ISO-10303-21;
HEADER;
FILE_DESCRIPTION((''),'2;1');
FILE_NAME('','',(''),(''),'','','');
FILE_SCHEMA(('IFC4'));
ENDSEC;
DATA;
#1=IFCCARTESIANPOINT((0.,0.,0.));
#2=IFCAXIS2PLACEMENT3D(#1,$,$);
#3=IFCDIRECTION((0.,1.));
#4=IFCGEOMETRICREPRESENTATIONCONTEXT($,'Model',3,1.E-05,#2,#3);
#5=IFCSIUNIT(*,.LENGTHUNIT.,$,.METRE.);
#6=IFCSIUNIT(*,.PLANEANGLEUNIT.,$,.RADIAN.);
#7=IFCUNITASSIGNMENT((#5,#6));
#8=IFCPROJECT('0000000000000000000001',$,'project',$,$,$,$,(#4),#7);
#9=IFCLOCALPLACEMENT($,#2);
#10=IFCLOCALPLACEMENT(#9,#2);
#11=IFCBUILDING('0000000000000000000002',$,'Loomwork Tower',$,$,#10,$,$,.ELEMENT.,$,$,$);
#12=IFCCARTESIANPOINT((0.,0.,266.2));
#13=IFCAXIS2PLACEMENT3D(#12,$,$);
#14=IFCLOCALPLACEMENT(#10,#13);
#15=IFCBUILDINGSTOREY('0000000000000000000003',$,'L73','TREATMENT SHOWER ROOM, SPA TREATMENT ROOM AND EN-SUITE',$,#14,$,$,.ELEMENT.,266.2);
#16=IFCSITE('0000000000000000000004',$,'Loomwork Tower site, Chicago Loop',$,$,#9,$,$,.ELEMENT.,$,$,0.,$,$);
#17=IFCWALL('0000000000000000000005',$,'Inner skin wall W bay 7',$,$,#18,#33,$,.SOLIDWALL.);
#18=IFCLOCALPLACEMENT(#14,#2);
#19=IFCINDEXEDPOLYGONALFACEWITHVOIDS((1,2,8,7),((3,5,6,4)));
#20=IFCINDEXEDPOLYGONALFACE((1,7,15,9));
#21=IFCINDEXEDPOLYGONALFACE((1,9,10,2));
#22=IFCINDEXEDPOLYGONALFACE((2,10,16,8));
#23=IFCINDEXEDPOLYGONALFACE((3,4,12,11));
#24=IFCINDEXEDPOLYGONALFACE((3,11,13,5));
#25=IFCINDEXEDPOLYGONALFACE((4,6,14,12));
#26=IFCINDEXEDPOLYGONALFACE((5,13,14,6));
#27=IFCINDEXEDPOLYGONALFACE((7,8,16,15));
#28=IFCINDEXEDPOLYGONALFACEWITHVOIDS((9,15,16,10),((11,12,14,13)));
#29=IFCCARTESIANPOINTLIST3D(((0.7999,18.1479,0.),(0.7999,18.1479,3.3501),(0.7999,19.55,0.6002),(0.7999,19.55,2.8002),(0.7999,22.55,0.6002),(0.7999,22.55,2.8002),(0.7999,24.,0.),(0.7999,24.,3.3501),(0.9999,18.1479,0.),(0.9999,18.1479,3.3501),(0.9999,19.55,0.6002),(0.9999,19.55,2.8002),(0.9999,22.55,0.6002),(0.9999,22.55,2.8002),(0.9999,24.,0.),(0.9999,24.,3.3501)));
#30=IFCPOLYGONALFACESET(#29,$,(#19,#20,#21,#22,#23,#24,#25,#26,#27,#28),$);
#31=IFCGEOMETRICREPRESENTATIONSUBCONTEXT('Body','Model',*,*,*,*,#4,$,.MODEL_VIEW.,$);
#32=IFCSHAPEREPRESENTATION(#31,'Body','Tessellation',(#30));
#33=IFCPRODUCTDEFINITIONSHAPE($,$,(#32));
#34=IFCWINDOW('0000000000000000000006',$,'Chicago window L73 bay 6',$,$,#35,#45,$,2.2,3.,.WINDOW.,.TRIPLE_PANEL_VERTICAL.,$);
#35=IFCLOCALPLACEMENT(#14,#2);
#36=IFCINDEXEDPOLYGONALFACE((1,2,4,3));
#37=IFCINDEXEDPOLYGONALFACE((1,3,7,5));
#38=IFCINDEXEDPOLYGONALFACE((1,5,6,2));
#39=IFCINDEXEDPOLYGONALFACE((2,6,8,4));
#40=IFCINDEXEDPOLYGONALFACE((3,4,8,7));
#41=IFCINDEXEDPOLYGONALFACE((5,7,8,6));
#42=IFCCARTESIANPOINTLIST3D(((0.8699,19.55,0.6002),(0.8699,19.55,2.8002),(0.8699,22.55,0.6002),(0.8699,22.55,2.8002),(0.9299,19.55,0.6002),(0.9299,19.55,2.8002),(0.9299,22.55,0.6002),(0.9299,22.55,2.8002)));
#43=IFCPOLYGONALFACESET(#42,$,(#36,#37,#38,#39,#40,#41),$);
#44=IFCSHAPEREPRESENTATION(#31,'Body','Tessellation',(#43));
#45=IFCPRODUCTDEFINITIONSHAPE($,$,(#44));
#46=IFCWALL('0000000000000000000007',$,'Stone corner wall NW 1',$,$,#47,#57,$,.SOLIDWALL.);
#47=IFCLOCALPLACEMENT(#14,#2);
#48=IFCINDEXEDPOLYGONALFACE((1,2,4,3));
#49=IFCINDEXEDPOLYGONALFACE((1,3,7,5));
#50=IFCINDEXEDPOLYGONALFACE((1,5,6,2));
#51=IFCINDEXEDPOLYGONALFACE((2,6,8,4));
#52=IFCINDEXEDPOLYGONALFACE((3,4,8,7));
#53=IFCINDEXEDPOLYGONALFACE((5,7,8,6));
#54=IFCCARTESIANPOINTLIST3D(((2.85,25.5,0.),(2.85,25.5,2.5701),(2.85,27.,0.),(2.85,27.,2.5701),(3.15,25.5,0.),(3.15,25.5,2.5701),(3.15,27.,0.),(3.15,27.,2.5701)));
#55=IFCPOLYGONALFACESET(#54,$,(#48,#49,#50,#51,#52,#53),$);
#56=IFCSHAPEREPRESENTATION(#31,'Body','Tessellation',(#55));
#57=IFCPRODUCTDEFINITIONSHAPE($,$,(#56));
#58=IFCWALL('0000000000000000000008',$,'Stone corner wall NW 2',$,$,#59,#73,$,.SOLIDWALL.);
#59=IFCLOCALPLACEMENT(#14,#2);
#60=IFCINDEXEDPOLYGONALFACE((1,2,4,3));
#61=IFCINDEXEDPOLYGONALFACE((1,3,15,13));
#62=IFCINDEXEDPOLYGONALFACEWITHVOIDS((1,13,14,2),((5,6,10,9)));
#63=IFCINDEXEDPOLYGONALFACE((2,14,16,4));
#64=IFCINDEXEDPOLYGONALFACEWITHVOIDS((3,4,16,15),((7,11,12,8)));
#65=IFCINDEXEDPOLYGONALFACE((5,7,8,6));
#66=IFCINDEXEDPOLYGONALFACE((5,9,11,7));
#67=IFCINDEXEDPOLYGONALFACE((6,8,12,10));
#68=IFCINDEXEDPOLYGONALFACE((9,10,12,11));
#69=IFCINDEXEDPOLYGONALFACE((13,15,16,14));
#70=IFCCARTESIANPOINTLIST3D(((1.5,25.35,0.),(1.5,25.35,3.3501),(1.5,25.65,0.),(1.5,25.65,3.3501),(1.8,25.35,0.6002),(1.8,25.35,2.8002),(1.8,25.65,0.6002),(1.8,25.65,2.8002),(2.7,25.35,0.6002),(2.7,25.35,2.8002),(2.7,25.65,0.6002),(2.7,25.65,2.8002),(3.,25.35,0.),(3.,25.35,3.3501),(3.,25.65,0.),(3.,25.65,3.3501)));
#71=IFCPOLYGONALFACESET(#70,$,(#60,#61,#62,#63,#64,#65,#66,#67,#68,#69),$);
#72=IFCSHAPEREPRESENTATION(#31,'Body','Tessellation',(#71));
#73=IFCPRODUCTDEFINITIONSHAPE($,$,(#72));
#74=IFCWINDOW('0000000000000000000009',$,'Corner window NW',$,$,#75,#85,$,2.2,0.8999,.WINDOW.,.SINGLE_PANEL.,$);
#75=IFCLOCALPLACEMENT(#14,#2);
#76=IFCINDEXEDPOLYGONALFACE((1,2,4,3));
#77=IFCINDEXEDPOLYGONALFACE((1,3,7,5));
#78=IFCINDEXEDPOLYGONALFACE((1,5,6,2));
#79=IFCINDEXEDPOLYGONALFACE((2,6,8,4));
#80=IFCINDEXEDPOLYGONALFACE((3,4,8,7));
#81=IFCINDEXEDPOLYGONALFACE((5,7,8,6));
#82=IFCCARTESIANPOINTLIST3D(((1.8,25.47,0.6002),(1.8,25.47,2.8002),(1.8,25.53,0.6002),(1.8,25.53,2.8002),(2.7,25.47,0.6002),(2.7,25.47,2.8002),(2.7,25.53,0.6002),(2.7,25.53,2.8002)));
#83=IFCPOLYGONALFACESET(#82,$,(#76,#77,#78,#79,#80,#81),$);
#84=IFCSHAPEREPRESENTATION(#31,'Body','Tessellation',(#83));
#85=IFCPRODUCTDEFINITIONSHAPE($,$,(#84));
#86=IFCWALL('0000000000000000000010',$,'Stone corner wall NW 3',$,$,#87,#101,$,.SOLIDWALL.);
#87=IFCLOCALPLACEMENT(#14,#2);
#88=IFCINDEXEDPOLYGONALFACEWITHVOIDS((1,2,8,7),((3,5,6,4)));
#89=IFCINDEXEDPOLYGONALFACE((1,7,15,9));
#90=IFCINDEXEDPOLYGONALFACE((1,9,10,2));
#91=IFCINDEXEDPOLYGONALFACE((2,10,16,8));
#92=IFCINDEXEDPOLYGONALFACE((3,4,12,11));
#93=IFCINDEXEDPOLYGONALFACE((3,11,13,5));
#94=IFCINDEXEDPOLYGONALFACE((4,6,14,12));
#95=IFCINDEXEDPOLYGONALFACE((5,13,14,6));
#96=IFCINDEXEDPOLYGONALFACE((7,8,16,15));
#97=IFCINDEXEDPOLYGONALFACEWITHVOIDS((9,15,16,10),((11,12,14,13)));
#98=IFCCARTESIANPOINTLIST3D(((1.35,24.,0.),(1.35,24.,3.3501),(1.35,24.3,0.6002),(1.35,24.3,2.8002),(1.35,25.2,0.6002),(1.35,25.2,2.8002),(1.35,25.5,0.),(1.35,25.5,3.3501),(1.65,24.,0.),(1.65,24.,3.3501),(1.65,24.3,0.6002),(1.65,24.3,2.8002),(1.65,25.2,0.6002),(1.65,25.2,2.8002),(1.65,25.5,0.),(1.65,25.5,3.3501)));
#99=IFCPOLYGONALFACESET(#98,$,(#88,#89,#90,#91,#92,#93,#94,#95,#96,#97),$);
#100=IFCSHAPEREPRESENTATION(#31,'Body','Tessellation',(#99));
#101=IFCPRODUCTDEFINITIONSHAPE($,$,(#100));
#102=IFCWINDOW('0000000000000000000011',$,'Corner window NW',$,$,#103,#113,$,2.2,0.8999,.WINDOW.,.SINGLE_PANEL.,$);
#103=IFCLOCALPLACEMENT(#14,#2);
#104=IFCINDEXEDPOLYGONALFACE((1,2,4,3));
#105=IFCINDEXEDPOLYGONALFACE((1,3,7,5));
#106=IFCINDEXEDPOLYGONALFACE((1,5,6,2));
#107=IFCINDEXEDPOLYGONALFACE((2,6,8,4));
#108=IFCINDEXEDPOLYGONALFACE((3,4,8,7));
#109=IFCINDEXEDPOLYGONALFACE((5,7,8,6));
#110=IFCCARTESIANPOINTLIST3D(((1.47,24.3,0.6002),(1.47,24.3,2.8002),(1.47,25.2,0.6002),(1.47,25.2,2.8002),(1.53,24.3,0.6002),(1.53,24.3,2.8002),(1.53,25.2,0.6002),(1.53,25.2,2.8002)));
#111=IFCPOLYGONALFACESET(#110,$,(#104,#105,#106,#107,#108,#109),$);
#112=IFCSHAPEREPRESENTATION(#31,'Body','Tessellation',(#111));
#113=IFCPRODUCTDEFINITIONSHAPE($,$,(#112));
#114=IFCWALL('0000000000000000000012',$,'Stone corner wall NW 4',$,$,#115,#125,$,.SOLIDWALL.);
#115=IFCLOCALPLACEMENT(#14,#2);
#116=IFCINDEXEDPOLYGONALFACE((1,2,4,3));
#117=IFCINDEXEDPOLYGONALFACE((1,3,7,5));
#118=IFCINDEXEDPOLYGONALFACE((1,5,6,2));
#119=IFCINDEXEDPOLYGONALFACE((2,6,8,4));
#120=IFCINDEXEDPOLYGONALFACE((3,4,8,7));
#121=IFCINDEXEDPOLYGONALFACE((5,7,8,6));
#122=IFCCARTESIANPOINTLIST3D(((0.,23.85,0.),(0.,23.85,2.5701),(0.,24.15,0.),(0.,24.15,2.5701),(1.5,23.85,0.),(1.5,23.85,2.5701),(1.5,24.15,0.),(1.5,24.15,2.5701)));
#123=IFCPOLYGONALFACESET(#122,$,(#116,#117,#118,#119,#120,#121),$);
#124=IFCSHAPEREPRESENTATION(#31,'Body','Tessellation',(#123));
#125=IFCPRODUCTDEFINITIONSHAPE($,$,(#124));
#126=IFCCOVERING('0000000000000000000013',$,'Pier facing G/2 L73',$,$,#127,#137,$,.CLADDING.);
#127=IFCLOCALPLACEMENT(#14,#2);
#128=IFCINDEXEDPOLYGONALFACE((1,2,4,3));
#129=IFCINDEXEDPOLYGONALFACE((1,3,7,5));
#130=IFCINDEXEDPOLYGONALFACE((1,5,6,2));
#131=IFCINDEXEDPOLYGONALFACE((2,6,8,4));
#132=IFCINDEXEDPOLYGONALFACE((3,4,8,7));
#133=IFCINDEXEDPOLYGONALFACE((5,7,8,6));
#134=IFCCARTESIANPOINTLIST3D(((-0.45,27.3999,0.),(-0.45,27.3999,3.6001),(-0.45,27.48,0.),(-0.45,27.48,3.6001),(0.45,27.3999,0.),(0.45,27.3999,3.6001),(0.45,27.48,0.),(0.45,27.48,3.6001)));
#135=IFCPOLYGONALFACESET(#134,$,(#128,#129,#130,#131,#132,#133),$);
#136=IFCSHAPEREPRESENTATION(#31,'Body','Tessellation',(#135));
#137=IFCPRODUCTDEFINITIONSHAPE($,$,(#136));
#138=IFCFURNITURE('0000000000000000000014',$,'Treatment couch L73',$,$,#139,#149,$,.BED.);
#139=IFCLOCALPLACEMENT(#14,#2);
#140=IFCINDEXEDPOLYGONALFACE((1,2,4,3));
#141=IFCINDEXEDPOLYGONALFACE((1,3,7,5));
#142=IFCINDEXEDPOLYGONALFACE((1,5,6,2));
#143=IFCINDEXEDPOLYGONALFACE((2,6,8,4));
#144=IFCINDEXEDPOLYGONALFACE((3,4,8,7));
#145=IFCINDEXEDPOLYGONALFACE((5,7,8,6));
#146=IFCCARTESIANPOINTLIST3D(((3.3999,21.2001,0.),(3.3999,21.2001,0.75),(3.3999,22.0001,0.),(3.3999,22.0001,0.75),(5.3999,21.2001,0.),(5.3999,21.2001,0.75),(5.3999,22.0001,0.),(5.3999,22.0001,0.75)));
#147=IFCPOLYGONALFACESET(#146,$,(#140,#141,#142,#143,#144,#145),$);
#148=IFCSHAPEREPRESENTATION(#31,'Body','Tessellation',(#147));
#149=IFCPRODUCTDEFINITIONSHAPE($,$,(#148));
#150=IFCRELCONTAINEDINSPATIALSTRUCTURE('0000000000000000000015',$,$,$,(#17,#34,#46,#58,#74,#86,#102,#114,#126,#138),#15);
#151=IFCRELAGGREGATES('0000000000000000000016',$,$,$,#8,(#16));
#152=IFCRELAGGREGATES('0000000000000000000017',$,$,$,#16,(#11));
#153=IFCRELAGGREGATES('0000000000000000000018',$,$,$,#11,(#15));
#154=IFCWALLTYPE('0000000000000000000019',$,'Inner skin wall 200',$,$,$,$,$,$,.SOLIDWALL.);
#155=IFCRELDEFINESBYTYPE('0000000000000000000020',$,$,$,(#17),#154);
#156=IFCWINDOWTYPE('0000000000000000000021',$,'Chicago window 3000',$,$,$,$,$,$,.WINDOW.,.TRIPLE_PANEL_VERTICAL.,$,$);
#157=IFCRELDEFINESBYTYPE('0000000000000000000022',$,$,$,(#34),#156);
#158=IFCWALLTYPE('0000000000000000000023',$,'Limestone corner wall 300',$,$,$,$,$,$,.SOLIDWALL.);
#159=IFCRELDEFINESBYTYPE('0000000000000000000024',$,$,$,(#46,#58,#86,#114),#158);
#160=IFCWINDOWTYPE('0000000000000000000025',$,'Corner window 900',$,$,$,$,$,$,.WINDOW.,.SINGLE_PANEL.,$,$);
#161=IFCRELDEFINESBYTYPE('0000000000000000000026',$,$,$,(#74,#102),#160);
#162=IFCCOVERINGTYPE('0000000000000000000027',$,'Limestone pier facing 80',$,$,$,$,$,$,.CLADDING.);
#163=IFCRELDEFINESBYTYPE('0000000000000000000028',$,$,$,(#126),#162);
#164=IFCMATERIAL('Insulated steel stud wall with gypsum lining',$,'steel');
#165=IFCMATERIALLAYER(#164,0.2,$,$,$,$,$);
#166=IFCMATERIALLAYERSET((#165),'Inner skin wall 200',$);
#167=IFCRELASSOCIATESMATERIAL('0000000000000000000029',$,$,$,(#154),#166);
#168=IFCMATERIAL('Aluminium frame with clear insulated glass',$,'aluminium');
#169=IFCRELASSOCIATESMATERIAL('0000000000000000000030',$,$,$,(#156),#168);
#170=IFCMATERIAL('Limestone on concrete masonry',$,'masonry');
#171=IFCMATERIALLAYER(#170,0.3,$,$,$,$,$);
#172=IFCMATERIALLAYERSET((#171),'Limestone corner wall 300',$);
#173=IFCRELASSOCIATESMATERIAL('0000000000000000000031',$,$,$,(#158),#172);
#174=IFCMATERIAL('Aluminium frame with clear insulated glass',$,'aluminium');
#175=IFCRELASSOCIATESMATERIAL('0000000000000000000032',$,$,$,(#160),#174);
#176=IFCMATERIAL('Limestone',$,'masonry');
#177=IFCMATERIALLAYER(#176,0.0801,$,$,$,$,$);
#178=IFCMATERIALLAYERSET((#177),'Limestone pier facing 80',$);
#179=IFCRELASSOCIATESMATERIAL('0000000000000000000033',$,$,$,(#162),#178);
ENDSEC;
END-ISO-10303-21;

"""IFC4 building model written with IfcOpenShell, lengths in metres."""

from ifc_helpers import new_model, si_unit, direction, frame, frame_2d, origin, origin_2d, place, context, subcontext, project, spatial, rectangle, extrude, material, layer, layer_set, type_object, element, fill, save


model = new_model("IFC4")

# Units and contexts
model_context = context("Model", 3, precision=1e-05, world=origin(), true_north=direction((0.0, 1.0)))
body_context = subcontext(model_context, "Body", "Model", "MODEL_VIEW")
ifc_project = project(units=[si_unit("LENGTHUNIT", "METRE"), si_unit("PLANEANGLEUNIT", "RADIAN")], contexts=[model_context])

# Site, building, storey
site_placement = place(None, origin())
site = spatial("IfcSite", under=ifc_project, at=site_placement, Name="Loomwork Tower site, Chicago Loop", CompositionType="ELEMENT", RefElevation=0.0)
building_placement = place(site_placement, origin())
building = spatial("IfcBuilding", under=site, at=building_placement, Name="Loomwork Tower", CompositionType="ELEMENT")
storey_placement = place(building_placement, frame((0.0, 0.0, 266.2)))
storey = spatial("IfcBuildingStorey", under=building, at=storey_placement, Name="L73", Description="TREATMENT SHOWER ROOM, SPA TREATMENT ROOM AND EN-SUITE", CompositionType="ELEMENT", Elevation=266.2)

# Wall, opening, window
ifc_material_1 = material(Name="Insulated steel stud wall with gypsum lining", Category="steel")
ifc_layer_1 = layer(ifc_material_1, 0.2)
ifc_layer_set_1 = layer_set([ifc_layer_1], Name="Inner skin wall 200")
wall_type_1 = type_object("IfcWallType", Name="Inner skin wall 200", PredefinedType="SOLIDWALL", material=ifc_layer_set_1)
wall_1_placement = place(storey_placement, frame((0.8999, 18.1479, 0.0), z_axis=(0.0, 0.0, 1.0), x_axis=(0.0, 1.0, 0.0)))
wall_1 = element("IfcWall", 1, at=wall_1_placement, inside=storey, type_object=wall_type_1, Name="Inner skin wall W bay 7", PredefinedType="SOLIDWALL", context=body_context, shape_type="SweptSolid", body=[
    extrude(rectangle(XDim=5.8521, YDim=0.2, at=frame_2d((2.926, 0.0))), origin(), (0.0, 0.0, 1.0), 3.3501),
])
opening_1_placement = place(wall_1_placement, frame((1.4021, 0.0, 0.6001)))
opening_1 = element("IfcOpeningElement", 2, at=opening_1_placement, cuts=wall_1, PredefinedType="OPENING", context=body_context, shape_type="SweptSolid", body=[
    extrude(rectangle(XDim=3.0, YDim=2.2, at=frame_2d((1.5, 1.1001))), frame((0.0, 0.1099, 0.0), z_axis=(0.0, -1.0, 0.0), x_axis=(1.0, 0.0, 0.0)), (0.0, 0.0, 1.0), 0.22),
])
ifc_material_2 = material(Name="Aluminium frame with clear insulated glass", Category="aluminium")
window_type_1 = type_object("IfcWindowType", Name="Chicago window 3000", PartitioningType="TRIPLE_PANEL_VERTICAL", PredefinedType="WINDOW", material=ifc_material_2)
window_1_placement = place(opening_1_placement, origin())
window_1 = element("IfcWindow", 3, at=window_1_placement, inside=storey, type_object=window_type_1, Name="Chicago window L73 bay 6", OverallHeight=2.2, OverallWidth=3.0, PartitioningType="TRIPLE_PANEL_VERTICAL", PredefinedType="WINDOW", context=body_context, shape_type="SweptSolid", body=[
    extrude(rectangle(XDim=3.0, YDim=2.2, at=frame_2d((1.5, 1.1001))), frame((0.0, 0.03, 0.0), z_axis=(0.0, -1.0, 0.0), x_axis=(1.0, 0.0, 0.0)), (0.0, 0.0, 1.0), 0.0601),
])
fill(opening_1, window_1)

# Wall
ifc_material_3 = material(Name="Limestone on concrete masonry", Category="masonry")
ifc_layer_2 = layer(ifc_material_3, 0.3)
ifc_layer_set_2 = layer_set([ifc_layer_2], Name="Limestone corner wall 300")
wall_type_2 = type_object("IfcWallType", Name="Limestone corner wall 300", PredefinedType="SOLIDWALL", material=ifc_layer_set_2)
wall_2_placement = place(storey_placement, frame((3.0, 27.0, 0.0), z_axis=(0.0, 0.0, 1.0), x_axis=(0.0, -1.0, 0.0)))
element("IfcWall", 4, at=wall_2_placement, inside=storey, type_object=wall_type_2, Name="Stone corner wall NW 1", PredefinedType="SOLIDWALL", context=body_context, shape_type="SweptSolid", body=[
    extrude(rectangle(XDim=1.5, YDim=0.3, at=frame_2d((0.75, 0.0))), origin(), (0.0, 0.0, 1.0), 2.5701),
])

# Walls, openings, windows
wall_3_placement = place(storey_placement, frame((3.0, 25.5, 0.0), z_axis=(0.0, 0.0, 1.0), x_axis=(-1.0, 0.0, 0.0)))
wall_3 = element("IfcWall", 5, at=wall_3_placement, inside=storey, type_object=wall_type_2, Name="Stone corner wall NW 2", PredefinedType="SOLIDWALL", context=body_context, shape_type="SweptSolid", body=[
    extrude(rectangle(XDim=1.5, YDim=0.3, at=frame_2d((0.75, 0.0))), origin(), (0.0, 0.0, 1.0), 3.3501),
])
opening_2_placement = place(wall_3_placement, frame((0.3, 0.0, 0.6001)))
opening_2 = element("IfcOpeningElement", 6, at=opening_2_placement, cuts=wall_3, PredefinedType="OPENING", context=body_context, shape_type="SweptSolid", body=[
    extrude(rectangle(XDim=0.8999, YDim=2.2, at=frame_2d((0.45, 1.1001))), frame((0.0, 0.1599, 0.0), z_axis=(0.0, -1.0, 0.0), x_axis=(1.0, 0.0, 0.0)), (0.0, 0.0, 1.0), 0.3201),
])
ifc_material_4 = material(Name="Aluminium frame with clear insulated glass", Category="aluminium")
window_type_2 = type_object("IfcWindowType", Name="Corner window 900", PartitioningType="SINGLE_PANEL", PredefinedType="WINDOW", material=ifc_material_4)
window_2_placement = place(opening_2_placement, origin())
window_2 = element("IfcWindow", 7, at=window_2_placement, inside=storey, type_object=window_type_2, Name="Corner window NW", OverallHeight=2.2, OverallWidth=0.8999, PartitioningType="SINGLE_PANEL", PredefinedType="WINDOW", context=body_context, shape_type="SweptSolid", body=[
    extrude(rectangle(XDim=0.8999, YDim=2.2, at=frame_2d((0.45, 1.1001))), frame((0.0, 0.03, 0.0), z_axis=(0.0, -1.0, 0.0), x_axis=(1.0, 0.0, 0.0)), (0.0, 0.0, 1.0), 0.0601),
])
fill(opening_2, window_2)
wall_4_placement = place(storey_placement, frame((1.5, 25.5, 0.0), z_axis=(0.0, 0.0, 1.0), x_axis=(0.0, -1.0, 0.0)))
wall_4 = element("IfcWall", 8, at=wall_4_placement, inside=storey, type_object=wall_type_2, Name="Stone corner wall NW 3", PredefinedType="SOLIDWALL", context=body_context, shape_type="SweptSolid", body=[
    extrude(rectangle(XDim=1.5, YDim=0.3, at=frame_2d((0.75, 0.0))), origin(), (0.0, 0.0, 1.0), 3.3501),
])
opening_3_placement = place(wall_4_placement, frame((0.3, 0.0, 0.6001)))
opening_3 = element("IfcOpeningElement", 9, at=opening_3_placement, cuts=wall_4, PredefinedType="OPENING", context=body_context, shape_type="SweptSolid", body=[
    extrude(rectangle(XDim=0.8999, YDim=2.2, at=frame_2d((0.45, 1.1001))), frame((0.0, 0.1599, 0.0), z_axis=(0.0, -1.0, 0.0), x_axis=(1.0, 0.0, 0.0)), (0.0, 0.0, 1.0), 0.3201),
])
window_3_placement = place(opening_3_placement, origin())
window_3 = element("IfcWindow", 10, at=window_3_placement, inside=storey, type_object=window_type_2, Name="Corner window NW", OverallHeight=2.2, OverallWidth=0.8999, PartitioningType="SINGLE_PANEL", PredefinedType="WINDOW", context=body_context, shape_type="SweptSolid", body=[
    extrude(rectangle(XDim=0.8999, YDim=2.2, at=frame_2d((0.45, 1.1001))), frame((0.0, 0.03, 0.0), z_axis=(0.0, -1.0, 0.0), x_axis=(1.0, 0.0, 0.0)), (0.0, 0.0, 1.0), 0.0601),
])
fill(opening_3, window_3)

# Wall
wall_5_placement = place(storey_placement, frame((1.5, 24.0, 0.0), z_axis=(0.0, 0.0, 1.0), x_axis=(-1.0, 0.0, 0.0)))
element("IfcWall", 11, at=wall_5_placement, inside=storey, type_object=wall_type_2, Name="Stone corner wall NW 4", PredefinedType="SOLIDWALL", context=body_context, shape_type="SweptSolid", body=[
    extrude(rectangle(XDim=1.5, YDim=0.3, at=frame_2d((0.75, 0.0))), origin(), (0.0, 0.0, 1.0), 2.5701),
])

# Covering
ifc_material_5 = material(Name="Limestone", Category="masonry")
ifc_layer_3 = layer(ifc_material_5, 0.0801)
ifc_layer_set_3 = layer_set([ifc_layer_3], Name="Limestone pier facing 80")
covering_type = type_object("IfcCoveringType", Name="Limestone pier facing 80", PredefinedType="CLADDING", material=ifc_layer_set_3)
covering_placement = place(storey_placement, frame((0.0, 27.4399, 0.0), z_axis=(0.0, 0.0, 1.0), x_axis=(1.0, 0.0, 0.0)))
element("IfcCovering", 12, at=covering_placement, inside=storey, type_object=covering_type, Name="Pier facing G/2 L73", PredefinedType="CLADDING", context=body_context, shape_type="SweptSolid", body=[
    extrude(rectangle(XDim=0.8999, YDim=0.0801, at=origin_2d()), origin(), (0.0, 0.0, 1.0), 3.6001),
])

# Furniture
furniture_placement = place(storey_placement, frame((4.3999, 21.6001, 0.0), z_axis=(0.0, 0.0, 1.0), x_axis=(1.0, 0.0, 0.0)))
element("IfcFurniture", 13, at=furniture_placement, inside=storey, Name="Treatment couch L73", PredefinedType="BED", context=body_context, shape_type="SweptSolid", body=[
    extrude(rectangle(XDim=2.0, YDim=0.8, at=origin_2d()), origin(), (0.0, 0.0, 1.0), 0.75),
])

save(model, "model.ifc")
